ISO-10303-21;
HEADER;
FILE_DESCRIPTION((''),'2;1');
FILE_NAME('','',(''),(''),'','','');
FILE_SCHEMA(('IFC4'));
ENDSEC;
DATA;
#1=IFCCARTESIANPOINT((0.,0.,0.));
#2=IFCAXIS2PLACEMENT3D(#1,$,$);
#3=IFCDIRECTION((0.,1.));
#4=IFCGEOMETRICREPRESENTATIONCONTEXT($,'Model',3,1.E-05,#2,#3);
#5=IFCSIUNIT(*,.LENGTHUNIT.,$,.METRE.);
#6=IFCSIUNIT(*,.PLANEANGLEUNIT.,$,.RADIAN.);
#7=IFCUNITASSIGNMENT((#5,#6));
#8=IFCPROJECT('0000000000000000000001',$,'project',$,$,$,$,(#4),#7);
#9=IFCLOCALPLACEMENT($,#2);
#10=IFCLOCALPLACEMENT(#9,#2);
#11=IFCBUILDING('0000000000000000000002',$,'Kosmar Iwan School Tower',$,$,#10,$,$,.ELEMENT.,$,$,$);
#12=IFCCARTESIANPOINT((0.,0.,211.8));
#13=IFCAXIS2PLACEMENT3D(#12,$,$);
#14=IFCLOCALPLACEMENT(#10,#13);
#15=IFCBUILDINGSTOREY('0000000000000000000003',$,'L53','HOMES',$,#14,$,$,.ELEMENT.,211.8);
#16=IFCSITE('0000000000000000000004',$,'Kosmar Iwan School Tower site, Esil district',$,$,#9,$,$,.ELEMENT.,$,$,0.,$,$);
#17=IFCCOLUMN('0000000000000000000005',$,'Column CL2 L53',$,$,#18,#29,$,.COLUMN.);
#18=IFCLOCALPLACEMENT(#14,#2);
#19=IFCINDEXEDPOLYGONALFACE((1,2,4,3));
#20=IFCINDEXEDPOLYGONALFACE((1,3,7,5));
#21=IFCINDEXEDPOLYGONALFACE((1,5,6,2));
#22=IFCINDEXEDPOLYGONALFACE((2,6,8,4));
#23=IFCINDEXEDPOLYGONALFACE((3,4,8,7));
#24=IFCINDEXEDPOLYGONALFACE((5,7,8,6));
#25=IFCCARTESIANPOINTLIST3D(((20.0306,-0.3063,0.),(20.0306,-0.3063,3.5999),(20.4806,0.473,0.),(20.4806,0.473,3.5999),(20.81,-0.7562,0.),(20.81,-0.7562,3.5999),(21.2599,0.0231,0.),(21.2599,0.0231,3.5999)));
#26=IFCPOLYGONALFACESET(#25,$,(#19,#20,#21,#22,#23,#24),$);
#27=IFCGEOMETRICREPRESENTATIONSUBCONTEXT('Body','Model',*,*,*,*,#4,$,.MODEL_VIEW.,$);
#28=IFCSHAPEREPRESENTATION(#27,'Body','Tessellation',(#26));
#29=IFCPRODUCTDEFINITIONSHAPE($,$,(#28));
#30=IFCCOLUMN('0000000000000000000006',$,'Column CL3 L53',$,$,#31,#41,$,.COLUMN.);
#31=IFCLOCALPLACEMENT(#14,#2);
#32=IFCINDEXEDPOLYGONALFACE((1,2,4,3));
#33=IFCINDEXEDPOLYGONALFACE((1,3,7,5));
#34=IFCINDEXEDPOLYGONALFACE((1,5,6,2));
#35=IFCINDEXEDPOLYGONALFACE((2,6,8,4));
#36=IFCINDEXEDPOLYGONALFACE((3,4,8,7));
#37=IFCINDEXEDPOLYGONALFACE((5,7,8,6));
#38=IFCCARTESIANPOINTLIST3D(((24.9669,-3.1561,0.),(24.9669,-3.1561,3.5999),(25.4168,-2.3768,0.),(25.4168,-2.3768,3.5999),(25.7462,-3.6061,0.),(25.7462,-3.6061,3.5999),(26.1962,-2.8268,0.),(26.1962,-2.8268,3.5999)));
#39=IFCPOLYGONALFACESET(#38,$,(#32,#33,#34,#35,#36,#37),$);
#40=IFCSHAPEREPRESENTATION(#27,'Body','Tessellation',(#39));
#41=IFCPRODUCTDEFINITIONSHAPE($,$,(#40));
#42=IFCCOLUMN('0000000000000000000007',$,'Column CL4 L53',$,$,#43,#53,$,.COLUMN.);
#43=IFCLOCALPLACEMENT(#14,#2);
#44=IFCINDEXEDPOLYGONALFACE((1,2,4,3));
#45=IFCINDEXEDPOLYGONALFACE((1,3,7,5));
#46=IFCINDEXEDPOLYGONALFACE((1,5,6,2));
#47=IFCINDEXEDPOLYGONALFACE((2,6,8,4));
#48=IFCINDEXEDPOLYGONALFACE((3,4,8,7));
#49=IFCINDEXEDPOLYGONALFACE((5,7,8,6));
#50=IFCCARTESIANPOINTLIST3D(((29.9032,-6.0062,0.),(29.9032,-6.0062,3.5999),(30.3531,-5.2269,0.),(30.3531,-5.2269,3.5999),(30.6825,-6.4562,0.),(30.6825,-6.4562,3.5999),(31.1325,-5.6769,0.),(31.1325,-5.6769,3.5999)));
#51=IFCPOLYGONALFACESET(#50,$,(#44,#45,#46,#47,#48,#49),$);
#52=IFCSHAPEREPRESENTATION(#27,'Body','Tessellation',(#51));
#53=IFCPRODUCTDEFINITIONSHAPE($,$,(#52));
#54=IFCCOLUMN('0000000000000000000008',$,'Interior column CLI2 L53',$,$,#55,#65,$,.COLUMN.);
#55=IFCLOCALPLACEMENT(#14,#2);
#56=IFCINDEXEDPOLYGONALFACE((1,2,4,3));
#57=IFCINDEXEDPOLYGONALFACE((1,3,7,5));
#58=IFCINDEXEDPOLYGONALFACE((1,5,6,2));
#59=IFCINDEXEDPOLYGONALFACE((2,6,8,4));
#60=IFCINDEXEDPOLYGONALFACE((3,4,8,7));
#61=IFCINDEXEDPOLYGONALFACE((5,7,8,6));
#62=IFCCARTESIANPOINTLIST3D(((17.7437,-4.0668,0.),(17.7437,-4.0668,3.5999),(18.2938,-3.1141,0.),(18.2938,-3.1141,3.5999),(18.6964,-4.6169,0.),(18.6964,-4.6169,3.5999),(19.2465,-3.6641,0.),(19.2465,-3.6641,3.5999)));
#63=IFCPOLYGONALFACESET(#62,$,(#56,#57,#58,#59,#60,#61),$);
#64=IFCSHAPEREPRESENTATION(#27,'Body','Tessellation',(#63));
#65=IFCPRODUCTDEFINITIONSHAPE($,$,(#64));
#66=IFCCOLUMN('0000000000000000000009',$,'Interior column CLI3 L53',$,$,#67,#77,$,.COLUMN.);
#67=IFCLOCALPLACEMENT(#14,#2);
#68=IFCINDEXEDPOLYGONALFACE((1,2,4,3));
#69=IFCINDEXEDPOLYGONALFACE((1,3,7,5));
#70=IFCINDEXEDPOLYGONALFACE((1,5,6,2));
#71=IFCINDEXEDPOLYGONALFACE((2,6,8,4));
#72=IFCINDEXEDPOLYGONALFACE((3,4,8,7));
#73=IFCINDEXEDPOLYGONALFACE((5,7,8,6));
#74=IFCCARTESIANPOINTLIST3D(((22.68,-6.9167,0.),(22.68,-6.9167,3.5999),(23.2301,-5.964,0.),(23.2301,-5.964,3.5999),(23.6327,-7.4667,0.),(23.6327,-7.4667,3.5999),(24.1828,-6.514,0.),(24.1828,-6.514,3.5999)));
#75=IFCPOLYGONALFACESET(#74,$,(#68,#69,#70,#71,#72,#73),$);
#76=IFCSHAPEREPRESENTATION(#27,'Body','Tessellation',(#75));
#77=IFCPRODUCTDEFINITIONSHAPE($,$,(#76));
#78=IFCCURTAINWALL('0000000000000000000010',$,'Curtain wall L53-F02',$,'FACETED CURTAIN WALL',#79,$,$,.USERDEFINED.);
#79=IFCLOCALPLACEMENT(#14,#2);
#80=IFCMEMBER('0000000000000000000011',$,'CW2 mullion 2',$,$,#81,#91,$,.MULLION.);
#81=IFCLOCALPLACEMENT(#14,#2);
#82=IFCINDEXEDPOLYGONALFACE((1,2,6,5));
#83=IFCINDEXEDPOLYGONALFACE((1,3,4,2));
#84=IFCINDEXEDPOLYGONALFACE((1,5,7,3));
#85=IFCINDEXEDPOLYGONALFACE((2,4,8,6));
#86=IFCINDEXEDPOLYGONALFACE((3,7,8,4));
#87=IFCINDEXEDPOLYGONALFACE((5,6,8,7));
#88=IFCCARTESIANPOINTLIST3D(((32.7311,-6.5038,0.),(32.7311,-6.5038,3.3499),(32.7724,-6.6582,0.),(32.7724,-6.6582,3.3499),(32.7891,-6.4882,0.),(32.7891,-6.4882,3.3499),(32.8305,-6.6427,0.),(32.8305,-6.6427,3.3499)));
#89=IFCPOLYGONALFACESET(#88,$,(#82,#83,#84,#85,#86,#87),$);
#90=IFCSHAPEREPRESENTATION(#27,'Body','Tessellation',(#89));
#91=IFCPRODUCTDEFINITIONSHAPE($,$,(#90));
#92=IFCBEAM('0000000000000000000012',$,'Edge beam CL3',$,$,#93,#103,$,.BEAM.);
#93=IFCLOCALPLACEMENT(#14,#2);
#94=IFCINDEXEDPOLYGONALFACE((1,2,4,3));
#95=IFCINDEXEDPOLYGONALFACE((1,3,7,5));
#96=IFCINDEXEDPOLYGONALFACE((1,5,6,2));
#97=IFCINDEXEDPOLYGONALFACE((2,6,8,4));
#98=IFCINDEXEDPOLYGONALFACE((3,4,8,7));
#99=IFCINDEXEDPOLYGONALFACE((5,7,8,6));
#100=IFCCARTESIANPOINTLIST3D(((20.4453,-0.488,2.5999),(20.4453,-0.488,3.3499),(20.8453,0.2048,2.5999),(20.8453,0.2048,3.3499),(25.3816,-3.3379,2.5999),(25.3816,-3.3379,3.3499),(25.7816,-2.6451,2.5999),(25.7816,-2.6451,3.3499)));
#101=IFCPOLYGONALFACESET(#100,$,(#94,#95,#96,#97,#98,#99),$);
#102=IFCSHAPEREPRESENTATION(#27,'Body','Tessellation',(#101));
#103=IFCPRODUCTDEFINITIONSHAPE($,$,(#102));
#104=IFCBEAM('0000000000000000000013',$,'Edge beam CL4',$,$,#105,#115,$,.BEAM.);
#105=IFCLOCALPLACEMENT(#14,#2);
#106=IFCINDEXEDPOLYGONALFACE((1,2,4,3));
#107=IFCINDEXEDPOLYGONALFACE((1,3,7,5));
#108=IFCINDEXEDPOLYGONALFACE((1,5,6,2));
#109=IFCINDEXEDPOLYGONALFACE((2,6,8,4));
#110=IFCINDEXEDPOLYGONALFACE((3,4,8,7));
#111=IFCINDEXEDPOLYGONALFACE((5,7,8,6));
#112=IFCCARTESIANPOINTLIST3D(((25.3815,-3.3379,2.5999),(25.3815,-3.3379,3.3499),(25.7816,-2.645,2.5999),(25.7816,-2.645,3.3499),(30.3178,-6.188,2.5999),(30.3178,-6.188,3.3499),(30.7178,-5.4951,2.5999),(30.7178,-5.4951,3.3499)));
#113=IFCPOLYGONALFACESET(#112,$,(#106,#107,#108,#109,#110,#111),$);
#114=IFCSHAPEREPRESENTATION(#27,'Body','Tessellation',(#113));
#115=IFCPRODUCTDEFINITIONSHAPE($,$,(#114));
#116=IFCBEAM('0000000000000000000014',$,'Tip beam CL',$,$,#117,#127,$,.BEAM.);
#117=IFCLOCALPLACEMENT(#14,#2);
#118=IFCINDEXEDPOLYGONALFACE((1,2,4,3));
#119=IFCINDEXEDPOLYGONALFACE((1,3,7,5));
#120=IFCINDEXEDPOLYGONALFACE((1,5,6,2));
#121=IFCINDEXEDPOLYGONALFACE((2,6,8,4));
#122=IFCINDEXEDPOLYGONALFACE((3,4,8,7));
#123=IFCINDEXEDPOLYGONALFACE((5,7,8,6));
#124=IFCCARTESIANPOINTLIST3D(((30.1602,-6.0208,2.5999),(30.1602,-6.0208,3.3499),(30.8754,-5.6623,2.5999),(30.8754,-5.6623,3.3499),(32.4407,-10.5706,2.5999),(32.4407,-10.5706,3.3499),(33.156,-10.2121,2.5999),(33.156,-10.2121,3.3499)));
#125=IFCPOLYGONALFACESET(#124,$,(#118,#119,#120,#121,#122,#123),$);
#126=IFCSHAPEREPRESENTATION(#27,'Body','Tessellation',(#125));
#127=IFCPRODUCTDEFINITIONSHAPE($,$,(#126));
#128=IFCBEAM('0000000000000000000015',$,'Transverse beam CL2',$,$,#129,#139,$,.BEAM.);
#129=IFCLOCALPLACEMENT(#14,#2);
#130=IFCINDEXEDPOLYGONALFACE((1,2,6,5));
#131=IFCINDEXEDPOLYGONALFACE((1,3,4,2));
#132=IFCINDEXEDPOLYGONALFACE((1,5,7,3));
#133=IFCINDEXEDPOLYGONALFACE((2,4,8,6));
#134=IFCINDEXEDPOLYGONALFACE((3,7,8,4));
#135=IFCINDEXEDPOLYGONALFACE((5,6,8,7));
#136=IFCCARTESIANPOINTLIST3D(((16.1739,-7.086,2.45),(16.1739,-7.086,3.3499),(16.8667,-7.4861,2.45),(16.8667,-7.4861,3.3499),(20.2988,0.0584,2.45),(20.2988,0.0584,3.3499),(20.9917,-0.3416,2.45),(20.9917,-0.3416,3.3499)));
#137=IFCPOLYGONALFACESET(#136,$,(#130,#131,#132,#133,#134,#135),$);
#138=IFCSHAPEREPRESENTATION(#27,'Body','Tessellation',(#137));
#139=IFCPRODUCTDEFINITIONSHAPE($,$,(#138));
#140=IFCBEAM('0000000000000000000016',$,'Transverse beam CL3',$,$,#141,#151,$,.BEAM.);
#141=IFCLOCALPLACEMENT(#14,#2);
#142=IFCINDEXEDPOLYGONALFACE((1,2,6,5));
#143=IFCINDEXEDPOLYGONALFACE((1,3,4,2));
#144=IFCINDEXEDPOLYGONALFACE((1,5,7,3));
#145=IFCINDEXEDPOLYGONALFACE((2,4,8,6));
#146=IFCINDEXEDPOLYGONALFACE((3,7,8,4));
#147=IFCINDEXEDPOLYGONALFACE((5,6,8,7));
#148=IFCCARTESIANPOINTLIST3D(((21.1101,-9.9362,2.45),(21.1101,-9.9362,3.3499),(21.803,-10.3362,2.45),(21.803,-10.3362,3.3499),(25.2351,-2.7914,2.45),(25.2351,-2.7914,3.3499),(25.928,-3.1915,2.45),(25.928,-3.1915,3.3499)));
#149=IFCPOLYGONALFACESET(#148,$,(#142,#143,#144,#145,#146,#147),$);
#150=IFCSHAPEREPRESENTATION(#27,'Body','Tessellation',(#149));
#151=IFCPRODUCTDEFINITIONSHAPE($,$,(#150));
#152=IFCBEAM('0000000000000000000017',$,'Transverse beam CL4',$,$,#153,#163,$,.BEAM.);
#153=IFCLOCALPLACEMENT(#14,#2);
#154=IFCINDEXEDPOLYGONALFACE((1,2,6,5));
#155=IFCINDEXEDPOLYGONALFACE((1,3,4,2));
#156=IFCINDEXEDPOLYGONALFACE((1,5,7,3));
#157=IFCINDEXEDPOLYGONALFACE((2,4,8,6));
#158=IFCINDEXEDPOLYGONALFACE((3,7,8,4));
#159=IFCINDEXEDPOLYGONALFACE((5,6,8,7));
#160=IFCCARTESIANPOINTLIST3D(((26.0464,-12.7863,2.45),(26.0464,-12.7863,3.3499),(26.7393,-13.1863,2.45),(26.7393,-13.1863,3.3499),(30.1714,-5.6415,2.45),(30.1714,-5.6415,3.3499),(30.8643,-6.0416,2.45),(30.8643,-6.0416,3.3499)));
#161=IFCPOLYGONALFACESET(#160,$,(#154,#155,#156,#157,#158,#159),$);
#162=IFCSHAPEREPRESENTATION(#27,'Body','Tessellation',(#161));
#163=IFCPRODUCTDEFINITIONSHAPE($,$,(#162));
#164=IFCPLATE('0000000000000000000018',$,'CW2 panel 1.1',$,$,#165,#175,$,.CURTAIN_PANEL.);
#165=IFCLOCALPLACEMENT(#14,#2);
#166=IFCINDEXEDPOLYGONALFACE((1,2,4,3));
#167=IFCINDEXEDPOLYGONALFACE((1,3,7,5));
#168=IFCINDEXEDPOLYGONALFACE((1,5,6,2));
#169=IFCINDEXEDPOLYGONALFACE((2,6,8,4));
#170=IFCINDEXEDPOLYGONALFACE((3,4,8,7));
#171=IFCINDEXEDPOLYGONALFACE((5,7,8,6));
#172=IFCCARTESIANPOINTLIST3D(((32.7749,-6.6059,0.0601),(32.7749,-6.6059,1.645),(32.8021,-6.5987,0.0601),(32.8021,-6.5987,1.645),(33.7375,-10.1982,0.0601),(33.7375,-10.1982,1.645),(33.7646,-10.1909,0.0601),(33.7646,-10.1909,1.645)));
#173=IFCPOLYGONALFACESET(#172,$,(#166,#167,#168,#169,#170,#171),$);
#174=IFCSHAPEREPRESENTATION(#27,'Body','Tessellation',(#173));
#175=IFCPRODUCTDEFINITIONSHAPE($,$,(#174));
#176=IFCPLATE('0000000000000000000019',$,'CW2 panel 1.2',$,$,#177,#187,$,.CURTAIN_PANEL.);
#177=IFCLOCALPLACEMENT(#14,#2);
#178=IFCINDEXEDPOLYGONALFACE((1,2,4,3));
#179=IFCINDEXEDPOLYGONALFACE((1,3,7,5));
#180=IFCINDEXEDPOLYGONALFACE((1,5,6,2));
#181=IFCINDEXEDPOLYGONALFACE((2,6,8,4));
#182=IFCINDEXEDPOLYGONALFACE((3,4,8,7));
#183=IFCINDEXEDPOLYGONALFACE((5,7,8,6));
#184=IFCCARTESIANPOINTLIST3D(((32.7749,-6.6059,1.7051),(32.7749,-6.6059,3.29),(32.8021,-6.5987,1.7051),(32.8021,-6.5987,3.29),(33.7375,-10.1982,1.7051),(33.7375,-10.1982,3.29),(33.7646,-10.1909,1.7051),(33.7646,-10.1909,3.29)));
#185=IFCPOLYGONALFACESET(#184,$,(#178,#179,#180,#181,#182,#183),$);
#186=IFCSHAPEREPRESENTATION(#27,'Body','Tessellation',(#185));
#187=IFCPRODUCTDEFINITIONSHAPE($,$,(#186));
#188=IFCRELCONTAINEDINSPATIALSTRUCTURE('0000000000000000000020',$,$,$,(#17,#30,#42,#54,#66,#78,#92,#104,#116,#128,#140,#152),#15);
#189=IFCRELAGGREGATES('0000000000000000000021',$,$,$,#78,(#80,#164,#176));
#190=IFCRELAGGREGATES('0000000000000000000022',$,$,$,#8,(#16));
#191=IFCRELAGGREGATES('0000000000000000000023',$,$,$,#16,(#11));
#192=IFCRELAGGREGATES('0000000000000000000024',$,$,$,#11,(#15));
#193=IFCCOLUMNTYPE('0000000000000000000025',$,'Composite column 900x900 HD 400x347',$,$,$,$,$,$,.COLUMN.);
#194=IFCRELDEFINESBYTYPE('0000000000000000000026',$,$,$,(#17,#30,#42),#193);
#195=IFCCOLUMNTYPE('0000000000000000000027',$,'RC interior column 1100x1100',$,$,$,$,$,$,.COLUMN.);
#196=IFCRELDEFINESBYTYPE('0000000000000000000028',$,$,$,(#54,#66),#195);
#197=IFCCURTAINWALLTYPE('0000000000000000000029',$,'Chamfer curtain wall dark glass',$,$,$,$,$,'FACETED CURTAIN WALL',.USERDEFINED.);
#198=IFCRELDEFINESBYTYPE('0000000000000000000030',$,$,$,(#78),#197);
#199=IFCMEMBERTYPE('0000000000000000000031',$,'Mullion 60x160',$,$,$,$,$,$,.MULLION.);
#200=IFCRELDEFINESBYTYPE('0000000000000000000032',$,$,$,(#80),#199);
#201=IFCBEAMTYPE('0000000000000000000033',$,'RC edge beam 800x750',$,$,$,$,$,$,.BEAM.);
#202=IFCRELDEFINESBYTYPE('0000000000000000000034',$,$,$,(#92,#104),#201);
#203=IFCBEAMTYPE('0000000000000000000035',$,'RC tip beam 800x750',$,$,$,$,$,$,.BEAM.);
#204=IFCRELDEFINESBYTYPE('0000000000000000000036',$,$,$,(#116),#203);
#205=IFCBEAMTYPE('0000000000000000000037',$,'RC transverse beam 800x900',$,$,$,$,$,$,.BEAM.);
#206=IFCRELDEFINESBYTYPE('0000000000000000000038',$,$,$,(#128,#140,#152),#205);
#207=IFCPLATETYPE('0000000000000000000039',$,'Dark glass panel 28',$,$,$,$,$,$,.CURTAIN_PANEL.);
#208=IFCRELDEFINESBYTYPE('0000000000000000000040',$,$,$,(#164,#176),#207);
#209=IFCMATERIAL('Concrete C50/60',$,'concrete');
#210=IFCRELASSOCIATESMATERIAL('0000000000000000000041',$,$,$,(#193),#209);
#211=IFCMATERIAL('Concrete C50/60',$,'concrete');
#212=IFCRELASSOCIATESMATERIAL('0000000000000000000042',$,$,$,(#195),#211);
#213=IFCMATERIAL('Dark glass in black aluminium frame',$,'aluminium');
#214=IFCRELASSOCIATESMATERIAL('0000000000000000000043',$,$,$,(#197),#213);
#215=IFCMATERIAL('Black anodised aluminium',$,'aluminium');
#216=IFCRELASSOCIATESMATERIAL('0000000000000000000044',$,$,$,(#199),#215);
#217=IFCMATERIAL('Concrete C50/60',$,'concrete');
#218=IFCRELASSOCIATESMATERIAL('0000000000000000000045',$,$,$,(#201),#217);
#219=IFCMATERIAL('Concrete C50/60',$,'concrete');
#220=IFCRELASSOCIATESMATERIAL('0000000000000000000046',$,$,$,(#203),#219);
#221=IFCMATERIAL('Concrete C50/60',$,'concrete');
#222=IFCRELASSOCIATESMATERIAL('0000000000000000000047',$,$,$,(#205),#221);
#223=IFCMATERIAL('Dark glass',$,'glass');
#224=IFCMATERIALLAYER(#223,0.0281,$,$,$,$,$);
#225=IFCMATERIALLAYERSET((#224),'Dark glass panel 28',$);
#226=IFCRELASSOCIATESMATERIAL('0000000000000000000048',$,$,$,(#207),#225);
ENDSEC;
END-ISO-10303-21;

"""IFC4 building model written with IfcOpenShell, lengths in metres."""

from ifc_helpers import new_model, si_unit, direction, frame, origin, origin_2d, place, context, subcontext, project, spatial, rectangle, extrude, material, layer, layer_set, material_profile, profile_set, type_object, element, aggregate, save


model = new_model("IFC4")

# Units and contexts
model_context = context("Model", 3, precision=1e-05, world=origin(), true_north=direction((0.0, 1.0)))
body_context = subcontext(model_context, "Body", "Model", "MODEL_VIEW")
ifc_project = project(units=[si_unit("LENGTHUNIT", "METRE"), si_unit("PLANEANGLEUNIT", "RADIAN")], contexts=[model_context])

# Site, building, storey
site_placement = place(None, origin())
site = spatial("IfcSite", under=ifc_project, at=site_placement, Name="Kosmar Iwan School Tower site, Esil district", CompositionType="ELEMENT", RefElevation=0.0)
building_placement = place(site_placement, origin())
building = spatial("IfcBuilding", under=site, at=building_placement, Name="Kosmar Iwan School Tower", CompositionType="ELEMENT")
storey_placement = place(building_placement, frame((0.0, 0.0, 211.8)))
storey = spatial("IfcBuildingStorey", under=building, at=storey_placement, Name="L53", Description="HOMES", CompositionType="ELEMENT", Elevation=211.8)

# Columns
ifc_material_1 = material(Name="Concrete C50/60", Category="concrete")
ifc_material_profile_1 = material_profile(ifc_material_1, rectangle(XDim=0.8999, YDim=0.8999, at=origin_2d()), Name="RC 900x900 + HD 400x347")
ifc_profile_set_1 = profile_set([ifc_material_profile_1], Name="Concrete C50/60")
column_type_1 = type_object("IfcColumnType", Name="Composite column 900x900 HD 400x347", PredefinedType="COLUMN", material=ifc_profile_set_1)
for number, where, z_axis, x_axis, name in (
    (1, (20.6453, -0.1416, 0.0), (0.0, 0.0, 1.0), (0.866025, -0.5, 0.0), "Column CL2 L53"),
    (2, (25.5815, -2.9915, 0.0), (0.0, 0.0, 1.0), (0.866025, -0.5, 0.0), "Column CL3 L53"),
    (3, (30.5178, -5.8416, 0.0), (0.0, 0.0, 1.0), (0.866025, -0.5, 0.0), "Column CL4 L53"),
):
    element("IfcColumn", number, at=place(storey_placement, frame(where, z_axis=z_axis, x_axis=x_axis)), inside=storey, type_object=column_type_1, Name=name, PredefinedType="COLUMN", context=body_context, shape_type="SweptSolid", body=[
        extrude(rectangle(XDim=0.8999, YDim=0.8999, at=origin_2d()), origin(), (0.0, 0.0, 1.0), 3.5999),
    ])
ifc_material_2 = material(Name="Concrete C50/60", Category="concrete")
ifc_material_profile_2 = material_profile(ifc_material_2, rectangle(XDim=1.1001, YDim=1.1001, at=origin_2d()), Name="RC 1100x1100")
ifc_profile_set_2 = profile_set([ifc_material_profile_2], Name="Concrete C50/60")
column_type_2 = type_object("IfcColumnType", Name="RC interior column 1100x1100", PredefinedType="COLUMN", material=ifc_profile_set_2)
for number, where, z_axis, x_axis, name in (
    (4, (18.4951, -3.8655, 0.0), (0.0, 0.0, 1.0), (0.866025, -0.5, 0.0), "Interior column CLI2 L53"),
    (5, (23.4314, -6.7153, 0.0), (0.0, 0.0, 1.0), (0.866025, -0.5, 0.0), "Interior column CLI3 L53"),
):
    element("IfcColumn", number, at=place(storey_placement, frame(where, z_axis=z_axis, x_axis=x_axis)), inside=storey, type_object=column_type_2, Name=name, PredefinedType="COLUMN", context=body_context, shape_type="SweptSolid", body=[
        extrude(rectangle(XDim=1.1001, YDim=1.1001, at=origin_2d()), origin(), (0.0, 0.0, 1.0), 3.5999),
    ])

# Curtain wall, member
ifc_material_3 = material(Name="Dark glass in black aluminium frame", Category="aluminium")
curtain_wall_type = type_object("IfcCurtainWallType", Name="Chamfer curtain wall dark glass", ElementType="FACETED CURTAIN WALL", PredefinedType="USERDEFINED", material=ifc_material_3)
curtain_wall_placement = place(storey_placement, origin())
curtain_wall = element("IfcCurtainWall", 6, at=curtain_wall_placement, inside=storey, type_object=curtain_wall_type, Name="Curtain wall L53-F02", ObjectType="FACETED CURTAIN WALL", PredefinedType="USERDEFINED")
ifc_material_4 = material(Name="Black anodised aluminium", Category="aluminium")
ifc_material_profile_3 = material_profile(ifc_material_4, rectangle(XDim=0.0601, YDim=0.1599, at=origin_2d()), Name="MULLION 60x160")
ifc_profile_set_3 = profile_set([ifc_material_profile_3], Name="Black anodised aluminium")
member_type = type_object("IfcMemberType", Name="Mullion 60x160", PredefinedType="MULLION", material=ifc_profile_set_3)
member_placement = place(storey_placement, frame((32.7808, -6.5732, 0.0), z_axis=(0.0, 0.0, 1.0), x_axis=(-0.965926, -0.258819, 0.0)))
member = element("IfcMember", 7, at=member_placement, type_object=member_type, Name="CW2 mullion 2", PredefinedType="MULLION", context=body_context, shape_type="SweptSolid", body=[
    extrude(rectangle(XDim=0.0601, YDim=0.1599, at=origin_2d()), origin(), (0.0, 0.0, 1.0), 3.3499),
])

# Beams
ifc_material_5 = material(Name="Concrete C50/60", Category="concrete")
ifc_material_profile_4 = material_profile(ifc_material_5, rectangle(XDim=0.8, YDim=0.75, at=origin_2d()), Name="RC 800x750")
ifc_profile_set_4 = profile_set([ifc_material_profile_4], Name="Concrete C50/60")
beam_type_1 = type_object("IfcBeamType", Name="RC edge beam 800x750", PredefinedType="BEAM", material=ifc_profile_set_4)
for number, where, z_axis, x_axis, name in (
    (8, (20.6453, -0.1416, 2.9749), (0.866034, -0.499986, 0.0), (0.499986, 0.866034, 0.0), "Edge beam CL3"),
    (9, (25.5815, -2.9915, 2.9749), (0.866015, -0.500018, 0.0), (0.500018, 0.866015, 0.0), "Edge beam CL4"),
):
    element("IfcBeam", number, at=place(storey_placement, frame(where, z_axis=z_axis, x_axis=x_axis)), inside=storey, type_object=beam_type_1, Name=name, PredefinedType="BEAM", context=body_context, shape_type="SweptSolid", body=[
        extrude(rectangle(XDim=0.8, YDim=0.75, at=origin_2d()), origin(), (0.0, 0.0, 1.0), 5.7),
    ])
ifc_material_6 = material(Name="Concrete C50/60", Category="concrete")
ifc_material_profile_5 = material_profile(ifc_material_6, rectangle(XDim=0.8, YDim=0.75, at=origin_2d()), Name="RC 800x750")
ifc_profile_set_5 = profile_set([ifc_material_profile_5], Name="Concrete C50/60")
beam_type_2 = type_object("IfcBeamType", Name="RC tip beam 800x750", PredefinedType="BEAM", material=ifc_profile_set_5)
beam_1_placement = place(storey_placement, frame((30.5178, -5.8416, 2.9749), z_axis=(0.448096, -0.893985, 0.0), x_axis=(0.893985, 0.448096, 0.0)))
element("IfcBeam", 10, at=beam_1_placement, inside=storey, type_object=beam_type_2, Name="Tip beam CL", PredefinedType="BEAM", context=body_context, shape_type="SweptSolid", body=[
    extrude(rectangle(XDim=0.8, YDim=0.75, at=origin_2d()), origin(), (0.0, 0.0, 1.0), 5.0894),
])
ifc_material_7 = material(Name="Concrete C50/60", Category="concrete")
ifc_material_profile_6 = material_profile(ifc_material_7, rectangle(XDim=0.8, YDim=0.8999, at=origin_2d()), Name="RC 800x900")
ifc_profile_set_6 = profile_set([ifc_material_profile_6], Name="Concrete C50/60")
beam_type_3 = type_object("IfcBeamType", Name="RC transverse beam 800x900", PredefinedType="BEAM", material=ifc_profile_set_6)
beam_2_placement = place(storey_placement, frame((20.6453, -0.1416, 2.8999), z_axis=(-0.500009, -0.86602, 0.0), x_axis=(0.86602, -0.500009, 0.0)))
element("IfcBeam", 11, at=beam_2_placement, inside=storey, type_object=beam_type_3, Name="Transverse beam CL2", PredefinedType="BEAM", context=body_context, shape_type="SweptSolid", body=[
    extrude(rectangle(XDim=0.8, YDim=0.8999, at=origin_2d()), origin(), (0.0, 0.0, 1.0), 8.2498),
])
for number, where, z_axis, x_axis, name in (
    (12, (25.5815, -2.9915, 2.8999), (-0.499997, -0.866027, 0.0), (0.866027, -0.499997, 0.0), "Transverse beam CL3"),
    (13, (30.5178, -5.8416, 2.8999), (-0.499997, -0.866027, 0.0), (0.866027, -0.499997, 0.0), "Transverse beam CL4"),
):
    element("IfcBeam", number, at=place(storey_placement, frame(where, z_axis=z_axis, x_axis=x_axis)), inside=storey, type_object=beam_type_3, Name=name, PredefinedType="BEAM", context=body_context, shape_type="SweptSolid", body=[
        extrude(rectangle(XDim=0.8, YDim=0.8999, at=origin_2d()), origin(), (0.0, 0.0, 1.0), 8.25),
    ])

# Plates
ifc_material_8 = material(Name="Dark glass", Category="glass")
ifc_layer_1 = layer(ifc_material_8, 0.0281)
ifc_layer_set_1 = layer_set([ifc_layer_1], Name="Dark glass panel 28")
plate_type = type_object("IfcPlateType", Name="Dark glass panel 28", PredefinedType="CURTAIN_PANEL", material=ifc_layer_set_1)
plate_1_placement = place(storey_placement, frame((33.2698, -8.3984, 0.0601), z_axis=(0.0, 0.0, 1.0), x_axis=(-0.258819, 0.965926, 0.0)))
plate_1 = element("IfcPlate", 14, at=plate_1_placement, type_object=plate_type, Name="CW2 panel 1.1", PredefinedType="CURTAIN_PANEL", context=body_context, shape_type="SweptSolid", body=[
    extrude(rectangle(XDim=3.719, YDim=0.0281, at=origin_2d()), origin(), (0.0, 0.0, 1.0), 1.585),
])
plate_2_placement = place(storey_placement, frame((33.2698, -8.3984, 1.7051), z_axis=(0.0, 0.0, 1.0), x_axis=(-0.258819, 0.965926, 0.0)))
plate_2 = element("IfcPlate", 15, at=plate_2_placement, type_object=plate_type, Name="CW2 panel 1.2", PredefinedType="CURTAIN_PANEL", context=body_context, shape_type="SweptSolid", body=[
    extrude(rectangle(XDim=3.719, YDim=0.0281, at=origin_2d()), origin(), (0.0, 0.0, 1.0), 1.585),
])
aggregate(curtain_wall, [member, plate_1, plate_2])

save(model, "model.ifc")
